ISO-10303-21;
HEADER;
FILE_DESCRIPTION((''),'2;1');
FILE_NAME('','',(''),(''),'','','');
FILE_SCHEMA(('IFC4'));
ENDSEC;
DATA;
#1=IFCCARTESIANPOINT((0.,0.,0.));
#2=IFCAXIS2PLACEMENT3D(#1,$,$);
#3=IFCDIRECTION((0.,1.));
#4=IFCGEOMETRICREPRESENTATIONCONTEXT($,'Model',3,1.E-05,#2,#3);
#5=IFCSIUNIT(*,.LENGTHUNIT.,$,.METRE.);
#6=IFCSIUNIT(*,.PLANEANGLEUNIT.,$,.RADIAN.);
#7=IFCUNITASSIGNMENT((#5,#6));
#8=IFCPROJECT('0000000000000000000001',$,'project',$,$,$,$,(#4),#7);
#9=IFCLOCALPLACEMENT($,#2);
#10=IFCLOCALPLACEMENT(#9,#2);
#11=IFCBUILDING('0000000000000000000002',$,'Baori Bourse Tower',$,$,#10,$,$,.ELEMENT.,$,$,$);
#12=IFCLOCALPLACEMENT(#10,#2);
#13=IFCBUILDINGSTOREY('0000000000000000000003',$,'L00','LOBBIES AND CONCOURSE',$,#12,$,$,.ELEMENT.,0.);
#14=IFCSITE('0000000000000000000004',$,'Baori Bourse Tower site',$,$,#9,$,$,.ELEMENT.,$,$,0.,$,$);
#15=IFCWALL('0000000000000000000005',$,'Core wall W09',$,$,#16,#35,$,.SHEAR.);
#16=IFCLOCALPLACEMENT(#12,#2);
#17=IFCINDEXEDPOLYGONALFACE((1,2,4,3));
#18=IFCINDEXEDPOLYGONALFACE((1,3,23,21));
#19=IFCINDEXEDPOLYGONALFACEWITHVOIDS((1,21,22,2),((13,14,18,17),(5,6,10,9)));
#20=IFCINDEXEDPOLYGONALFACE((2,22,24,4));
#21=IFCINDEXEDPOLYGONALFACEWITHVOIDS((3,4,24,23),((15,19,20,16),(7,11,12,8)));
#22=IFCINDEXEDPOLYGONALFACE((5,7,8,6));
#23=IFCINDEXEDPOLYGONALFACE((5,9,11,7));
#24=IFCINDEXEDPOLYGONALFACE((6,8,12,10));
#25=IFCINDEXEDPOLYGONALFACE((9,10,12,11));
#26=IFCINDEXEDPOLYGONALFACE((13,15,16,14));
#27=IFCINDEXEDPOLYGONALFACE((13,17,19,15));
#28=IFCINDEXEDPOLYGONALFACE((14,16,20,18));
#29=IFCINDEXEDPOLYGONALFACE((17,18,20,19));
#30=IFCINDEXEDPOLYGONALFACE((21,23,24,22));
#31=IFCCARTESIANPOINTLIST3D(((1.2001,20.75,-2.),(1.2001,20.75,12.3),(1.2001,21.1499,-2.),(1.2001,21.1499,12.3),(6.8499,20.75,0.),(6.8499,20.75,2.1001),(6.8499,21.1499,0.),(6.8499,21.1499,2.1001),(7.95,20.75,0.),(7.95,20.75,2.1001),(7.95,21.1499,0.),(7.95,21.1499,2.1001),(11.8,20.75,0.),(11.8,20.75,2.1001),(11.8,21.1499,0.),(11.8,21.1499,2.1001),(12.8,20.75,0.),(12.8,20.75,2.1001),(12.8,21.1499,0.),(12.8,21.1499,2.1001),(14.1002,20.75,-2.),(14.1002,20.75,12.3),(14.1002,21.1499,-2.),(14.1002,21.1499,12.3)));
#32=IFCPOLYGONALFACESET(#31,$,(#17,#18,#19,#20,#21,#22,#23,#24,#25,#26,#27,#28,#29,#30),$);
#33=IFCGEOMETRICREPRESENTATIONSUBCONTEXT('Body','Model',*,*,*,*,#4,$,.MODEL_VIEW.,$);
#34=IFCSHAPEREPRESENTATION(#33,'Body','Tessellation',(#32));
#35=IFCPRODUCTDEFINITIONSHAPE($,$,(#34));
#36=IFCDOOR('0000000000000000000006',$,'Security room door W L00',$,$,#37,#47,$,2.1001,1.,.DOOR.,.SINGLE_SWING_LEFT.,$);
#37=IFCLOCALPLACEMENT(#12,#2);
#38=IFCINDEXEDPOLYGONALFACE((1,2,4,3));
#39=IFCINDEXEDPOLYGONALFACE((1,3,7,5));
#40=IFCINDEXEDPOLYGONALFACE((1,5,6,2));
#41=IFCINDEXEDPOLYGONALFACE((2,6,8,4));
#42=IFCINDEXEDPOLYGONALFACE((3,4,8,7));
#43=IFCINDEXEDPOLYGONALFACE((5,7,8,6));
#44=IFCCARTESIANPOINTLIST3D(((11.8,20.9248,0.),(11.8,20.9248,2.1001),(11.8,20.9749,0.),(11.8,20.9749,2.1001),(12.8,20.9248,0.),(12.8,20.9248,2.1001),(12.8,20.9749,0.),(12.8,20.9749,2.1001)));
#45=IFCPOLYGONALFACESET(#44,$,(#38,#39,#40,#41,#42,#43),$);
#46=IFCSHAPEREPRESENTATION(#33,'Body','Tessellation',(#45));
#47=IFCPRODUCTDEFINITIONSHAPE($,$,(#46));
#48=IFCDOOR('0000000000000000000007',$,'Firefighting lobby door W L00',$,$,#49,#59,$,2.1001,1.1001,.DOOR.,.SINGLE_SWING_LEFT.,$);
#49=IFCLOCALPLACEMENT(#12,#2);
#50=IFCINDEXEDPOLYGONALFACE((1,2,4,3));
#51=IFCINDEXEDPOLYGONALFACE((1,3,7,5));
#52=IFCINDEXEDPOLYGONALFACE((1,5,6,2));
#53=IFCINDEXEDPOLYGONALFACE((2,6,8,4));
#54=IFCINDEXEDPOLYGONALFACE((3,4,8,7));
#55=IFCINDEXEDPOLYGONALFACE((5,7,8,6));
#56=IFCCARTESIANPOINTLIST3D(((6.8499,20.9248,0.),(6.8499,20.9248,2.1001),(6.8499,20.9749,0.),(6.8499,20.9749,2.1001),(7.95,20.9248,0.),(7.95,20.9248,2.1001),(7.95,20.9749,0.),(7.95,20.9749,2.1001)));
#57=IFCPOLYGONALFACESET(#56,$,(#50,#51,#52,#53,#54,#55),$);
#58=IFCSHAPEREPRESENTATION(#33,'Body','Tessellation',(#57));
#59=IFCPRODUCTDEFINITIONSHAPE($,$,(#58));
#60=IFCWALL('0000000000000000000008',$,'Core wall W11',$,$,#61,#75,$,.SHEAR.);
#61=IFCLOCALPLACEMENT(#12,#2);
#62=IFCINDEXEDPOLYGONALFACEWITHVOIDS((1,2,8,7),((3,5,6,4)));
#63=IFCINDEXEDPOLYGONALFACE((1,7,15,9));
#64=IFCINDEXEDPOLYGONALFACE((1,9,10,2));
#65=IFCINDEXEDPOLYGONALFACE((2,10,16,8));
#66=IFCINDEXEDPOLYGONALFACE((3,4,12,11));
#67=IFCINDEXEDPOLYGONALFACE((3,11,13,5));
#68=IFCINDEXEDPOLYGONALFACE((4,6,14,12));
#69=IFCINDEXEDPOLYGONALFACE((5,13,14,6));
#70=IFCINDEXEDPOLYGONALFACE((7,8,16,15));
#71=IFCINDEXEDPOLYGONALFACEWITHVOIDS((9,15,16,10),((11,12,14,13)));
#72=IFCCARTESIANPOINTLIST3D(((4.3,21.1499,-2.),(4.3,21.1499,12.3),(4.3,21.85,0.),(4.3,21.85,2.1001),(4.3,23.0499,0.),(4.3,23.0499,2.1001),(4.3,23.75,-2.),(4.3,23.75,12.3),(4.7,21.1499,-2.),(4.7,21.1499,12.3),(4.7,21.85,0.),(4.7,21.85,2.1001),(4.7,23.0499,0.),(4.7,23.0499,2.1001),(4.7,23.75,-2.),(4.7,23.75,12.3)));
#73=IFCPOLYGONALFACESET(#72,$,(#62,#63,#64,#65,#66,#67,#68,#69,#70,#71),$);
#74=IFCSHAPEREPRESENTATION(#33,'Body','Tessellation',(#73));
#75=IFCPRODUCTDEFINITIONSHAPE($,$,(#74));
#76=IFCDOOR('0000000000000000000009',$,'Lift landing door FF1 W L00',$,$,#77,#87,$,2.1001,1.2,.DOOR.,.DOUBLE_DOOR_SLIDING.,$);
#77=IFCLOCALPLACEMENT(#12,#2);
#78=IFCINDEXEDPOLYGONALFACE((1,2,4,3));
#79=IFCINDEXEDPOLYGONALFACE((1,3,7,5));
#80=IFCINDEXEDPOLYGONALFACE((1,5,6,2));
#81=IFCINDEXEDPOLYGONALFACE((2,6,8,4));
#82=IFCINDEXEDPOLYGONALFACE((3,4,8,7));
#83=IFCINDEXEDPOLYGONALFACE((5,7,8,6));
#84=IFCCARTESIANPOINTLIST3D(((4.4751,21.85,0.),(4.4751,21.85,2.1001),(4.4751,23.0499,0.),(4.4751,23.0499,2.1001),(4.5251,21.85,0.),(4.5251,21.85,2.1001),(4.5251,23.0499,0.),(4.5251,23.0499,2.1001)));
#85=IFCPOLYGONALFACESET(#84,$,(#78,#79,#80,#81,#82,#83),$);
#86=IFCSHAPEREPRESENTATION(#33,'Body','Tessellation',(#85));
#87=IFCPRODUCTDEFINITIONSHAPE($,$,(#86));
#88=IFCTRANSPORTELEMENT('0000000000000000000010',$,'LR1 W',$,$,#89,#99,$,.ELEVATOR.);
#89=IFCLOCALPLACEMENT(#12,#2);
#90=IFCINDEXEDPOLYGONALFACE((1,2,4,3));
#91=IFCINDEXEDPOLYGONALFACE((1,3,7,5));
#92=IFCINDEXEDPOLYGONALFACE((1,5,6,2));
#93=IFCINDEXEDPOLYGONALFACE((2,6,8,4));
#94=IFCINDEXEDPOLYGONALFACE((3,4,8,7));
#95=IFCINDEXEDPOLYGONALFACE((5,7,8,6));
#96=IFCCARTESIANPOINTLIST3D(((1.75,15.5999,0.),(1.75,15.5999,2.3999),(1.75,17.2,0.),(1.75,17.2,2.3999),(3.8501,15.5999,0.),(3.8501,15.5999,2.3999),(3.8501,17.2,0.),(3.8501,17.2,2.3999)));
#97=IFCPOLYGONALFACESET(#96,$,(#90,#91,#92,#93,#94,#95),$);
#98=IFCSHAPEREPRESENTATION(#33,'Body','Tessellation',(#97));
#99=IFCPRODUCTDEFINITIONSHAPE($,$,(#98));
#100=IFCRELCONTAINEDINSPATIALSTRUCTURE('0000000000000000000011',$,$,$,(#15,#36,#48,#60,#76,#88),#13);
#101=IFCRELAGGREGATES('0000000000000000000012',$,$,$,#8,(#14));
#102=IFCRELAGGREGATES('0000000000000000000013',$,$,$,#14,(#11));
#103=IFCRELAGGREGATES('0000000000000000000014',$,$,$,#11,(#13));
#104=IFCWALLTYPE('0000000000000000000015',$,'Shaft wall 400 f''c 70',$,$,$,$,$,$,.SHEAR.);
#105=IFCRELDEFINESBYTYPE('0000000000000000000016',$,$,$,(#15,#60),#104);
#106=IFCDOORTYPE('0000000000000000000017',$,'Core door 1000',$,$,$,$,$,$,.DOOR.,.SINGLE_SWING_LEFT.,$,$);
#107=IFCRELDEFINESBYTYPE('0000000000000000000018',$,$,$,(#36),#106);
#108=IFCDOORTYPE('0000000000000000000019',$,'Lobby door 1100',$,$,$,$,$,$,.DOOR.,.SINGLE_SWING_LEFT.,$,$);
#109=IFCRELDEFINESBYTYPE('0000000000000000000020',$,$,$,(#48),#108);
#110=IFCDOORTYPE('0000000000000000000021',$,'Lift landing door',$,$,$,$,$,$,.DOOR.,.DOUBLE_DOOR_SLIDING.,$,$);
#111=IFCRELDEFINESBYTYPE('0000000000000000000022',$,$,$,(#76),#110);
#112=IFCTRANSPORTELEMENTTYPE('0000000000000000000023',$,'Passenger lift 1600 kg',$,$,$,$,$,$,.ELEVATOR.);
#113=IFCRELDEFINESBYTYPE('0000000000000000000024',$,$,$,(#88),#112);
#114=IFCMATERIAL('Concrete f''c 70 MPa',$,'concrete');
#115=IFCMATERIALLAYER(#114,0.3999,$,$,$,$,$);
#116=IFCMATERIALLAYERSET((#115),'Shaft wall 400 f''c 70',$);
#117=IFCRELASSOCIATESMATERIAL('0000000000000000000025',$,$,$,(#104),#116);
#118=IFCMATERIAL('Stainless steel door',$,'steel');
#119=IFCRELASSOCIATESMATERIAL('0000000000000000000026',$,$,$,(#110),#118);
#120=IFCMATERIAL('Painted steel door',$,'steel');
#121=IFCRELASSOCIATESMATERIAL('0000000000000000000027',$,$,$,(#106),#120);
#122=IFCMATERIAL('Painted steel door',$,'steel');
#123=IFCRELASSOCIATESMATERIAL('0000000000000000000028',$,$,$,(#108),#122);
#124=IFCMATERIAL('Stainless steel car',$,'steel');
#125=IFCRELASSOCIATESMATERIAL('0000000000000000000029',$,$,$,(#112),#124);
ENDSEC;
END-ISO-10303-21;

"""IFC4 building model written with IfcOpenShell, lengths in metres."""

from ifc_helpers import new_model, si_unit, direction, frame, frame_2d, origin, origin_2d, place, context, subcontext, project, spatial, rectangle, extrude, material, layer, layer_set, type_object, element, fill, save


model = new_model("IFC4")

# Units and contexts
model_context = context("Model", 3, precision=1e-05, world=origin(), true_north=direction((0.0, 1.0)))
body_context = subcontext(model_context, "Body", "Model", "MODEL_VIEW")
ifc_project = project(units=[si_unit("LENGTHUNIT", "METRE"), si_unit("PLANEANGLEUNIT", "RADIAN")], contexts=[model_context])

# Site, building, storey
site_placement = place(None, origin())
site = spatial("IfcSite", under=ifc_project, at=site_placement, Name="Baori Bourse Tower site", CompositionType="ELEMENT", RefElevation=0.0)
building_placement = place(site_placement, origin())
building = spatial("IfcBuilding", under=site, at=building_placement, Name="Baori Bourse Tower", CompositionType="ELEMENT")
storey_placement = place(building_placement, origin())
storey = spatial("IfcBuildingStorey", under=building, at=storey_placement, Name="L00", Description="LOBBIES AND CONCOURSE", CompositionType="ELEMENT", Elevation=0.0)

# Shared definitions
ifc_material_1 = material(Name="Concrete f'c 70 MPa", Category="concrete")
ifc_layer = layer(ifc_material_1, 0.3999)
ifc_layer_set = layer_set([ifc_layer], Name="Shaft wall 400 f'c 70")
wall_type = type_object("IfcWallType", Name="Shaft wall 400 f'c 70", PredefinedType="SHEAR", material=ifc_layer_set)

# Wall, openings, doors
ifc_material_2 = material(Name="Stainless steel door", Category="steel")
door_type_1 = type_object("IfcDoorType", Name="Lift landing door", OperationType="DOUBLE_DOOR_SLIDING", PredefinedType="DOOR", material=ifc_material_2)
wall_1_placement = place(storey_placement, frame((1.2, 20.95, -2.0), z_axis=(0.0, 0.0, 1.0), x_axis=(1.0, 0.0, 0.0)))
wall_1 = element("IfcWall", 1, at=wall_1_placement, inside=storey, type_object=wall_type, Name="Core wall W09", PredefinedType="SHEAR", context=body_context, shape_type="SweptSolid", body=[
    extrude(rectangle(XDim=12.9001, YDim=0.3999, at=frame_2d((6.4502, 0.0))), origin(), (0.0, 0.0, 1.0), 14.3),
])
opening_1_placement = place(wall_1_placement, frame((5.6499, 0.0, 2.0)))
opening_1 = element("IfcOpeningElement", 2, at=opening_1_placement, cuts=wall_1, PredefinedType="OPENING", context=body_context, shape_type="SweptSolid", body=[
    extrude(rectangle(XDim=1.1001, YDim=2.1001, at=frame_2d((0.55, 1.05))), frame((0.0, 0.21, 0.0), z_axis=(0.0, -1.0, 0.0), x_axis=(1.0, 0.0, 0.0)), (0.0, 0.0, 1.0), 0.4199),
])
opening_2_placement = place(wall_1_placement, frame((10.6001, 0.0, 2.0)))
opening_2 = element("IfcOpeningElement", 3, at=opening_2_placement, cuts=wall_1, PredefinedType="OPENING", context=body_context, shape_type="SweptSolid", body=[
    extrude(rectangle(XDim=1.0, YDim=2.1001, at=frame_2d((0.5, 1.05))), frame((0.0, 0.21, 0.0), z_axis=(0.0, -1.0, 0.0), x_axis=(1.0, 0.0, 0.0)), (0.0, 0.0, 1.0), 0.4199),
])
ifc_material_3 = material(Name="Painted steel door", Category="steel")
door_type_2 = type_object("IfcDoorType", Name="Core door 1000", OperationType="SINGLE_SWING_LEFT", PredefinedType="DOOR", material=ifc_material_3)
door_1_placement = place(opening_2_placement, origin())
door_1 = element("IfcDoor", 4, at=door_1_placement, inside=storey, type_object=door_type_2, Name="Security room door W L00", OperationType="SINGLE_SWING_LEFT", OverallHeight=2.1001, OverallWidth=1.0, PredefinedType="DOOR", context=body_context, shape_type="SweptSolid", body=[
    extrude(rectangle(XDim=1.0, YDim=2.1001, at=frame_2d((0.5, 1.05))), frame((0.0, 0.0249, 0.0), z_axis=(0.0, -1.0, 0.0), x_axis=(1.0, 0.0, 0.0)), (0.0, 0.0, 1.0), 0.05),
])
fill(opening_2, door_1)
ifc_material_4 = material(Name="Painted steel door", Category="steel")
door_type_3 = type_object("IfcDoorType", Name="Lobby door 1100", OperationType="SINGLE_SWING_LEFT", PredefinedType="DOOR", material=ifc_material_4)
door_2_placement = place(opening_1_placement, origin())
door_2 = element("IfcDoor", 5, at=door_2_placement, inside=storey, type_object=door_type_3, Name="Firefighting lobby door W L00", OperationType="SINGLE_SWING_LEFT", OverallHeight=2.1001, OverallWidth=1.1001, PredefinedType="DOOR", context=body_context, shape_type="SweptSolid", body=[
    extrude(rectangle(XDim=1.1001, YDim=2.1001, at=frame_2d((0.55, 1.05))), frame((0.0, 0.0249, 0.0), z_axis=(0.0, -1.0, 0.0), x_axis=(1.0, 0.0, 0.0)), (0.0, 0.0, 1.0), 0.05),
])
fill(opening_1, door_2)

# Wall, opening, door
wall_2_placement = place(storey_placement, frame((4.5, 21.1499, -2.0), z_axis=(0.0, 0.0, 1.0), x_axis=(0.0, 1.0, 0.0)))
wall_2 = element("IfcWall", 6, at=wall_2_placement, inside=storey, type_object=wall_type, Name="Core wall W11", PredefinedType="SHEAR", context=body_context, shape_type="SweptSolid", body=[
    extrude(rectangle(XDim=2.6001, YDim=0.3999, at=frame_2d((1.3, 0.0))), origin(), (0.0, 0.0, 1.0), 14.3),
])
opening_3_placement = place(wall_2_placement, frame((0.7, 0.0, 2.0)))
opening_3 = element("IfcOpeningElement", 7, at=opening_3_placement, cuts=wall_2, PredefinedType="OPENING", context=body_context, shape_type="SweptSolid", body=[
    extrude(rectangle(XDim=1.2, YDim=2.1001, at=frame_2d((0.6001, 1.05))), frame((0.0, 0.21, 0.0), z_axis=(0.0, -1.0, 0.0), x_axis=(1.0, 0.0, 0.0)), (0.0, 0.0, 1.0), 0.4199),
])
door_3_placement = place(opening_3_placement, origin())
door_3 = element("IfcDoor", 8, at=door_3_placement, inside=storey, type_object=door_type_1, Name="Lift landing door FF1 W L00", OperationType="DOUBLE_DOOR_SLIDING", OverallHeight=2.1001, OverallWidth=1.2, PredefinedType="DOOR", context=body_context, shape_type="SweptSolid", body=[
    extrude(rectangle(XDim=1.2, YDim=2.1001, at=frame_2d((0.6001, 1.05))), frame((0.0, 0.0249, 0.0), z_axis=(0.0, -1.0, 0.0), x_axis=(1.0, 0.0, 0.0)), (0.0, 0.0, 1.0), 0.05),
])
fill(opening_3, door_3)

# Transport element
ifc_material_5 = material(Name="Stainless steel car", Category="steel")
transport_element_type = type_object("IfcTransportElementType", Name="Passenger lift 1600 kg", PredefinedType="ELEVATOR", material=ifc_material_5)
transport_element_placement = place(storey_placement, frame((2.8, 16.3999, 0.0), z_axis=(0.0, 0.0, 1.0), x_axis=(1.0, 0.0, 0.0)))
element("IfcTransportElement", 9, at=transport_element_placement, inside=storey, type_object=transport_element_type, Name="LR1 W", PredefinedType="ELEVATOR", context=body_context, shape_type="SweptSolid", body=[
    extrude(rectangle(XDim=2.1001, YDim=1.6001, at=origin_2d()), origin(), (0.0, 0.0, 1.0), 2.3999),
])

save(model, "model.ifc")
